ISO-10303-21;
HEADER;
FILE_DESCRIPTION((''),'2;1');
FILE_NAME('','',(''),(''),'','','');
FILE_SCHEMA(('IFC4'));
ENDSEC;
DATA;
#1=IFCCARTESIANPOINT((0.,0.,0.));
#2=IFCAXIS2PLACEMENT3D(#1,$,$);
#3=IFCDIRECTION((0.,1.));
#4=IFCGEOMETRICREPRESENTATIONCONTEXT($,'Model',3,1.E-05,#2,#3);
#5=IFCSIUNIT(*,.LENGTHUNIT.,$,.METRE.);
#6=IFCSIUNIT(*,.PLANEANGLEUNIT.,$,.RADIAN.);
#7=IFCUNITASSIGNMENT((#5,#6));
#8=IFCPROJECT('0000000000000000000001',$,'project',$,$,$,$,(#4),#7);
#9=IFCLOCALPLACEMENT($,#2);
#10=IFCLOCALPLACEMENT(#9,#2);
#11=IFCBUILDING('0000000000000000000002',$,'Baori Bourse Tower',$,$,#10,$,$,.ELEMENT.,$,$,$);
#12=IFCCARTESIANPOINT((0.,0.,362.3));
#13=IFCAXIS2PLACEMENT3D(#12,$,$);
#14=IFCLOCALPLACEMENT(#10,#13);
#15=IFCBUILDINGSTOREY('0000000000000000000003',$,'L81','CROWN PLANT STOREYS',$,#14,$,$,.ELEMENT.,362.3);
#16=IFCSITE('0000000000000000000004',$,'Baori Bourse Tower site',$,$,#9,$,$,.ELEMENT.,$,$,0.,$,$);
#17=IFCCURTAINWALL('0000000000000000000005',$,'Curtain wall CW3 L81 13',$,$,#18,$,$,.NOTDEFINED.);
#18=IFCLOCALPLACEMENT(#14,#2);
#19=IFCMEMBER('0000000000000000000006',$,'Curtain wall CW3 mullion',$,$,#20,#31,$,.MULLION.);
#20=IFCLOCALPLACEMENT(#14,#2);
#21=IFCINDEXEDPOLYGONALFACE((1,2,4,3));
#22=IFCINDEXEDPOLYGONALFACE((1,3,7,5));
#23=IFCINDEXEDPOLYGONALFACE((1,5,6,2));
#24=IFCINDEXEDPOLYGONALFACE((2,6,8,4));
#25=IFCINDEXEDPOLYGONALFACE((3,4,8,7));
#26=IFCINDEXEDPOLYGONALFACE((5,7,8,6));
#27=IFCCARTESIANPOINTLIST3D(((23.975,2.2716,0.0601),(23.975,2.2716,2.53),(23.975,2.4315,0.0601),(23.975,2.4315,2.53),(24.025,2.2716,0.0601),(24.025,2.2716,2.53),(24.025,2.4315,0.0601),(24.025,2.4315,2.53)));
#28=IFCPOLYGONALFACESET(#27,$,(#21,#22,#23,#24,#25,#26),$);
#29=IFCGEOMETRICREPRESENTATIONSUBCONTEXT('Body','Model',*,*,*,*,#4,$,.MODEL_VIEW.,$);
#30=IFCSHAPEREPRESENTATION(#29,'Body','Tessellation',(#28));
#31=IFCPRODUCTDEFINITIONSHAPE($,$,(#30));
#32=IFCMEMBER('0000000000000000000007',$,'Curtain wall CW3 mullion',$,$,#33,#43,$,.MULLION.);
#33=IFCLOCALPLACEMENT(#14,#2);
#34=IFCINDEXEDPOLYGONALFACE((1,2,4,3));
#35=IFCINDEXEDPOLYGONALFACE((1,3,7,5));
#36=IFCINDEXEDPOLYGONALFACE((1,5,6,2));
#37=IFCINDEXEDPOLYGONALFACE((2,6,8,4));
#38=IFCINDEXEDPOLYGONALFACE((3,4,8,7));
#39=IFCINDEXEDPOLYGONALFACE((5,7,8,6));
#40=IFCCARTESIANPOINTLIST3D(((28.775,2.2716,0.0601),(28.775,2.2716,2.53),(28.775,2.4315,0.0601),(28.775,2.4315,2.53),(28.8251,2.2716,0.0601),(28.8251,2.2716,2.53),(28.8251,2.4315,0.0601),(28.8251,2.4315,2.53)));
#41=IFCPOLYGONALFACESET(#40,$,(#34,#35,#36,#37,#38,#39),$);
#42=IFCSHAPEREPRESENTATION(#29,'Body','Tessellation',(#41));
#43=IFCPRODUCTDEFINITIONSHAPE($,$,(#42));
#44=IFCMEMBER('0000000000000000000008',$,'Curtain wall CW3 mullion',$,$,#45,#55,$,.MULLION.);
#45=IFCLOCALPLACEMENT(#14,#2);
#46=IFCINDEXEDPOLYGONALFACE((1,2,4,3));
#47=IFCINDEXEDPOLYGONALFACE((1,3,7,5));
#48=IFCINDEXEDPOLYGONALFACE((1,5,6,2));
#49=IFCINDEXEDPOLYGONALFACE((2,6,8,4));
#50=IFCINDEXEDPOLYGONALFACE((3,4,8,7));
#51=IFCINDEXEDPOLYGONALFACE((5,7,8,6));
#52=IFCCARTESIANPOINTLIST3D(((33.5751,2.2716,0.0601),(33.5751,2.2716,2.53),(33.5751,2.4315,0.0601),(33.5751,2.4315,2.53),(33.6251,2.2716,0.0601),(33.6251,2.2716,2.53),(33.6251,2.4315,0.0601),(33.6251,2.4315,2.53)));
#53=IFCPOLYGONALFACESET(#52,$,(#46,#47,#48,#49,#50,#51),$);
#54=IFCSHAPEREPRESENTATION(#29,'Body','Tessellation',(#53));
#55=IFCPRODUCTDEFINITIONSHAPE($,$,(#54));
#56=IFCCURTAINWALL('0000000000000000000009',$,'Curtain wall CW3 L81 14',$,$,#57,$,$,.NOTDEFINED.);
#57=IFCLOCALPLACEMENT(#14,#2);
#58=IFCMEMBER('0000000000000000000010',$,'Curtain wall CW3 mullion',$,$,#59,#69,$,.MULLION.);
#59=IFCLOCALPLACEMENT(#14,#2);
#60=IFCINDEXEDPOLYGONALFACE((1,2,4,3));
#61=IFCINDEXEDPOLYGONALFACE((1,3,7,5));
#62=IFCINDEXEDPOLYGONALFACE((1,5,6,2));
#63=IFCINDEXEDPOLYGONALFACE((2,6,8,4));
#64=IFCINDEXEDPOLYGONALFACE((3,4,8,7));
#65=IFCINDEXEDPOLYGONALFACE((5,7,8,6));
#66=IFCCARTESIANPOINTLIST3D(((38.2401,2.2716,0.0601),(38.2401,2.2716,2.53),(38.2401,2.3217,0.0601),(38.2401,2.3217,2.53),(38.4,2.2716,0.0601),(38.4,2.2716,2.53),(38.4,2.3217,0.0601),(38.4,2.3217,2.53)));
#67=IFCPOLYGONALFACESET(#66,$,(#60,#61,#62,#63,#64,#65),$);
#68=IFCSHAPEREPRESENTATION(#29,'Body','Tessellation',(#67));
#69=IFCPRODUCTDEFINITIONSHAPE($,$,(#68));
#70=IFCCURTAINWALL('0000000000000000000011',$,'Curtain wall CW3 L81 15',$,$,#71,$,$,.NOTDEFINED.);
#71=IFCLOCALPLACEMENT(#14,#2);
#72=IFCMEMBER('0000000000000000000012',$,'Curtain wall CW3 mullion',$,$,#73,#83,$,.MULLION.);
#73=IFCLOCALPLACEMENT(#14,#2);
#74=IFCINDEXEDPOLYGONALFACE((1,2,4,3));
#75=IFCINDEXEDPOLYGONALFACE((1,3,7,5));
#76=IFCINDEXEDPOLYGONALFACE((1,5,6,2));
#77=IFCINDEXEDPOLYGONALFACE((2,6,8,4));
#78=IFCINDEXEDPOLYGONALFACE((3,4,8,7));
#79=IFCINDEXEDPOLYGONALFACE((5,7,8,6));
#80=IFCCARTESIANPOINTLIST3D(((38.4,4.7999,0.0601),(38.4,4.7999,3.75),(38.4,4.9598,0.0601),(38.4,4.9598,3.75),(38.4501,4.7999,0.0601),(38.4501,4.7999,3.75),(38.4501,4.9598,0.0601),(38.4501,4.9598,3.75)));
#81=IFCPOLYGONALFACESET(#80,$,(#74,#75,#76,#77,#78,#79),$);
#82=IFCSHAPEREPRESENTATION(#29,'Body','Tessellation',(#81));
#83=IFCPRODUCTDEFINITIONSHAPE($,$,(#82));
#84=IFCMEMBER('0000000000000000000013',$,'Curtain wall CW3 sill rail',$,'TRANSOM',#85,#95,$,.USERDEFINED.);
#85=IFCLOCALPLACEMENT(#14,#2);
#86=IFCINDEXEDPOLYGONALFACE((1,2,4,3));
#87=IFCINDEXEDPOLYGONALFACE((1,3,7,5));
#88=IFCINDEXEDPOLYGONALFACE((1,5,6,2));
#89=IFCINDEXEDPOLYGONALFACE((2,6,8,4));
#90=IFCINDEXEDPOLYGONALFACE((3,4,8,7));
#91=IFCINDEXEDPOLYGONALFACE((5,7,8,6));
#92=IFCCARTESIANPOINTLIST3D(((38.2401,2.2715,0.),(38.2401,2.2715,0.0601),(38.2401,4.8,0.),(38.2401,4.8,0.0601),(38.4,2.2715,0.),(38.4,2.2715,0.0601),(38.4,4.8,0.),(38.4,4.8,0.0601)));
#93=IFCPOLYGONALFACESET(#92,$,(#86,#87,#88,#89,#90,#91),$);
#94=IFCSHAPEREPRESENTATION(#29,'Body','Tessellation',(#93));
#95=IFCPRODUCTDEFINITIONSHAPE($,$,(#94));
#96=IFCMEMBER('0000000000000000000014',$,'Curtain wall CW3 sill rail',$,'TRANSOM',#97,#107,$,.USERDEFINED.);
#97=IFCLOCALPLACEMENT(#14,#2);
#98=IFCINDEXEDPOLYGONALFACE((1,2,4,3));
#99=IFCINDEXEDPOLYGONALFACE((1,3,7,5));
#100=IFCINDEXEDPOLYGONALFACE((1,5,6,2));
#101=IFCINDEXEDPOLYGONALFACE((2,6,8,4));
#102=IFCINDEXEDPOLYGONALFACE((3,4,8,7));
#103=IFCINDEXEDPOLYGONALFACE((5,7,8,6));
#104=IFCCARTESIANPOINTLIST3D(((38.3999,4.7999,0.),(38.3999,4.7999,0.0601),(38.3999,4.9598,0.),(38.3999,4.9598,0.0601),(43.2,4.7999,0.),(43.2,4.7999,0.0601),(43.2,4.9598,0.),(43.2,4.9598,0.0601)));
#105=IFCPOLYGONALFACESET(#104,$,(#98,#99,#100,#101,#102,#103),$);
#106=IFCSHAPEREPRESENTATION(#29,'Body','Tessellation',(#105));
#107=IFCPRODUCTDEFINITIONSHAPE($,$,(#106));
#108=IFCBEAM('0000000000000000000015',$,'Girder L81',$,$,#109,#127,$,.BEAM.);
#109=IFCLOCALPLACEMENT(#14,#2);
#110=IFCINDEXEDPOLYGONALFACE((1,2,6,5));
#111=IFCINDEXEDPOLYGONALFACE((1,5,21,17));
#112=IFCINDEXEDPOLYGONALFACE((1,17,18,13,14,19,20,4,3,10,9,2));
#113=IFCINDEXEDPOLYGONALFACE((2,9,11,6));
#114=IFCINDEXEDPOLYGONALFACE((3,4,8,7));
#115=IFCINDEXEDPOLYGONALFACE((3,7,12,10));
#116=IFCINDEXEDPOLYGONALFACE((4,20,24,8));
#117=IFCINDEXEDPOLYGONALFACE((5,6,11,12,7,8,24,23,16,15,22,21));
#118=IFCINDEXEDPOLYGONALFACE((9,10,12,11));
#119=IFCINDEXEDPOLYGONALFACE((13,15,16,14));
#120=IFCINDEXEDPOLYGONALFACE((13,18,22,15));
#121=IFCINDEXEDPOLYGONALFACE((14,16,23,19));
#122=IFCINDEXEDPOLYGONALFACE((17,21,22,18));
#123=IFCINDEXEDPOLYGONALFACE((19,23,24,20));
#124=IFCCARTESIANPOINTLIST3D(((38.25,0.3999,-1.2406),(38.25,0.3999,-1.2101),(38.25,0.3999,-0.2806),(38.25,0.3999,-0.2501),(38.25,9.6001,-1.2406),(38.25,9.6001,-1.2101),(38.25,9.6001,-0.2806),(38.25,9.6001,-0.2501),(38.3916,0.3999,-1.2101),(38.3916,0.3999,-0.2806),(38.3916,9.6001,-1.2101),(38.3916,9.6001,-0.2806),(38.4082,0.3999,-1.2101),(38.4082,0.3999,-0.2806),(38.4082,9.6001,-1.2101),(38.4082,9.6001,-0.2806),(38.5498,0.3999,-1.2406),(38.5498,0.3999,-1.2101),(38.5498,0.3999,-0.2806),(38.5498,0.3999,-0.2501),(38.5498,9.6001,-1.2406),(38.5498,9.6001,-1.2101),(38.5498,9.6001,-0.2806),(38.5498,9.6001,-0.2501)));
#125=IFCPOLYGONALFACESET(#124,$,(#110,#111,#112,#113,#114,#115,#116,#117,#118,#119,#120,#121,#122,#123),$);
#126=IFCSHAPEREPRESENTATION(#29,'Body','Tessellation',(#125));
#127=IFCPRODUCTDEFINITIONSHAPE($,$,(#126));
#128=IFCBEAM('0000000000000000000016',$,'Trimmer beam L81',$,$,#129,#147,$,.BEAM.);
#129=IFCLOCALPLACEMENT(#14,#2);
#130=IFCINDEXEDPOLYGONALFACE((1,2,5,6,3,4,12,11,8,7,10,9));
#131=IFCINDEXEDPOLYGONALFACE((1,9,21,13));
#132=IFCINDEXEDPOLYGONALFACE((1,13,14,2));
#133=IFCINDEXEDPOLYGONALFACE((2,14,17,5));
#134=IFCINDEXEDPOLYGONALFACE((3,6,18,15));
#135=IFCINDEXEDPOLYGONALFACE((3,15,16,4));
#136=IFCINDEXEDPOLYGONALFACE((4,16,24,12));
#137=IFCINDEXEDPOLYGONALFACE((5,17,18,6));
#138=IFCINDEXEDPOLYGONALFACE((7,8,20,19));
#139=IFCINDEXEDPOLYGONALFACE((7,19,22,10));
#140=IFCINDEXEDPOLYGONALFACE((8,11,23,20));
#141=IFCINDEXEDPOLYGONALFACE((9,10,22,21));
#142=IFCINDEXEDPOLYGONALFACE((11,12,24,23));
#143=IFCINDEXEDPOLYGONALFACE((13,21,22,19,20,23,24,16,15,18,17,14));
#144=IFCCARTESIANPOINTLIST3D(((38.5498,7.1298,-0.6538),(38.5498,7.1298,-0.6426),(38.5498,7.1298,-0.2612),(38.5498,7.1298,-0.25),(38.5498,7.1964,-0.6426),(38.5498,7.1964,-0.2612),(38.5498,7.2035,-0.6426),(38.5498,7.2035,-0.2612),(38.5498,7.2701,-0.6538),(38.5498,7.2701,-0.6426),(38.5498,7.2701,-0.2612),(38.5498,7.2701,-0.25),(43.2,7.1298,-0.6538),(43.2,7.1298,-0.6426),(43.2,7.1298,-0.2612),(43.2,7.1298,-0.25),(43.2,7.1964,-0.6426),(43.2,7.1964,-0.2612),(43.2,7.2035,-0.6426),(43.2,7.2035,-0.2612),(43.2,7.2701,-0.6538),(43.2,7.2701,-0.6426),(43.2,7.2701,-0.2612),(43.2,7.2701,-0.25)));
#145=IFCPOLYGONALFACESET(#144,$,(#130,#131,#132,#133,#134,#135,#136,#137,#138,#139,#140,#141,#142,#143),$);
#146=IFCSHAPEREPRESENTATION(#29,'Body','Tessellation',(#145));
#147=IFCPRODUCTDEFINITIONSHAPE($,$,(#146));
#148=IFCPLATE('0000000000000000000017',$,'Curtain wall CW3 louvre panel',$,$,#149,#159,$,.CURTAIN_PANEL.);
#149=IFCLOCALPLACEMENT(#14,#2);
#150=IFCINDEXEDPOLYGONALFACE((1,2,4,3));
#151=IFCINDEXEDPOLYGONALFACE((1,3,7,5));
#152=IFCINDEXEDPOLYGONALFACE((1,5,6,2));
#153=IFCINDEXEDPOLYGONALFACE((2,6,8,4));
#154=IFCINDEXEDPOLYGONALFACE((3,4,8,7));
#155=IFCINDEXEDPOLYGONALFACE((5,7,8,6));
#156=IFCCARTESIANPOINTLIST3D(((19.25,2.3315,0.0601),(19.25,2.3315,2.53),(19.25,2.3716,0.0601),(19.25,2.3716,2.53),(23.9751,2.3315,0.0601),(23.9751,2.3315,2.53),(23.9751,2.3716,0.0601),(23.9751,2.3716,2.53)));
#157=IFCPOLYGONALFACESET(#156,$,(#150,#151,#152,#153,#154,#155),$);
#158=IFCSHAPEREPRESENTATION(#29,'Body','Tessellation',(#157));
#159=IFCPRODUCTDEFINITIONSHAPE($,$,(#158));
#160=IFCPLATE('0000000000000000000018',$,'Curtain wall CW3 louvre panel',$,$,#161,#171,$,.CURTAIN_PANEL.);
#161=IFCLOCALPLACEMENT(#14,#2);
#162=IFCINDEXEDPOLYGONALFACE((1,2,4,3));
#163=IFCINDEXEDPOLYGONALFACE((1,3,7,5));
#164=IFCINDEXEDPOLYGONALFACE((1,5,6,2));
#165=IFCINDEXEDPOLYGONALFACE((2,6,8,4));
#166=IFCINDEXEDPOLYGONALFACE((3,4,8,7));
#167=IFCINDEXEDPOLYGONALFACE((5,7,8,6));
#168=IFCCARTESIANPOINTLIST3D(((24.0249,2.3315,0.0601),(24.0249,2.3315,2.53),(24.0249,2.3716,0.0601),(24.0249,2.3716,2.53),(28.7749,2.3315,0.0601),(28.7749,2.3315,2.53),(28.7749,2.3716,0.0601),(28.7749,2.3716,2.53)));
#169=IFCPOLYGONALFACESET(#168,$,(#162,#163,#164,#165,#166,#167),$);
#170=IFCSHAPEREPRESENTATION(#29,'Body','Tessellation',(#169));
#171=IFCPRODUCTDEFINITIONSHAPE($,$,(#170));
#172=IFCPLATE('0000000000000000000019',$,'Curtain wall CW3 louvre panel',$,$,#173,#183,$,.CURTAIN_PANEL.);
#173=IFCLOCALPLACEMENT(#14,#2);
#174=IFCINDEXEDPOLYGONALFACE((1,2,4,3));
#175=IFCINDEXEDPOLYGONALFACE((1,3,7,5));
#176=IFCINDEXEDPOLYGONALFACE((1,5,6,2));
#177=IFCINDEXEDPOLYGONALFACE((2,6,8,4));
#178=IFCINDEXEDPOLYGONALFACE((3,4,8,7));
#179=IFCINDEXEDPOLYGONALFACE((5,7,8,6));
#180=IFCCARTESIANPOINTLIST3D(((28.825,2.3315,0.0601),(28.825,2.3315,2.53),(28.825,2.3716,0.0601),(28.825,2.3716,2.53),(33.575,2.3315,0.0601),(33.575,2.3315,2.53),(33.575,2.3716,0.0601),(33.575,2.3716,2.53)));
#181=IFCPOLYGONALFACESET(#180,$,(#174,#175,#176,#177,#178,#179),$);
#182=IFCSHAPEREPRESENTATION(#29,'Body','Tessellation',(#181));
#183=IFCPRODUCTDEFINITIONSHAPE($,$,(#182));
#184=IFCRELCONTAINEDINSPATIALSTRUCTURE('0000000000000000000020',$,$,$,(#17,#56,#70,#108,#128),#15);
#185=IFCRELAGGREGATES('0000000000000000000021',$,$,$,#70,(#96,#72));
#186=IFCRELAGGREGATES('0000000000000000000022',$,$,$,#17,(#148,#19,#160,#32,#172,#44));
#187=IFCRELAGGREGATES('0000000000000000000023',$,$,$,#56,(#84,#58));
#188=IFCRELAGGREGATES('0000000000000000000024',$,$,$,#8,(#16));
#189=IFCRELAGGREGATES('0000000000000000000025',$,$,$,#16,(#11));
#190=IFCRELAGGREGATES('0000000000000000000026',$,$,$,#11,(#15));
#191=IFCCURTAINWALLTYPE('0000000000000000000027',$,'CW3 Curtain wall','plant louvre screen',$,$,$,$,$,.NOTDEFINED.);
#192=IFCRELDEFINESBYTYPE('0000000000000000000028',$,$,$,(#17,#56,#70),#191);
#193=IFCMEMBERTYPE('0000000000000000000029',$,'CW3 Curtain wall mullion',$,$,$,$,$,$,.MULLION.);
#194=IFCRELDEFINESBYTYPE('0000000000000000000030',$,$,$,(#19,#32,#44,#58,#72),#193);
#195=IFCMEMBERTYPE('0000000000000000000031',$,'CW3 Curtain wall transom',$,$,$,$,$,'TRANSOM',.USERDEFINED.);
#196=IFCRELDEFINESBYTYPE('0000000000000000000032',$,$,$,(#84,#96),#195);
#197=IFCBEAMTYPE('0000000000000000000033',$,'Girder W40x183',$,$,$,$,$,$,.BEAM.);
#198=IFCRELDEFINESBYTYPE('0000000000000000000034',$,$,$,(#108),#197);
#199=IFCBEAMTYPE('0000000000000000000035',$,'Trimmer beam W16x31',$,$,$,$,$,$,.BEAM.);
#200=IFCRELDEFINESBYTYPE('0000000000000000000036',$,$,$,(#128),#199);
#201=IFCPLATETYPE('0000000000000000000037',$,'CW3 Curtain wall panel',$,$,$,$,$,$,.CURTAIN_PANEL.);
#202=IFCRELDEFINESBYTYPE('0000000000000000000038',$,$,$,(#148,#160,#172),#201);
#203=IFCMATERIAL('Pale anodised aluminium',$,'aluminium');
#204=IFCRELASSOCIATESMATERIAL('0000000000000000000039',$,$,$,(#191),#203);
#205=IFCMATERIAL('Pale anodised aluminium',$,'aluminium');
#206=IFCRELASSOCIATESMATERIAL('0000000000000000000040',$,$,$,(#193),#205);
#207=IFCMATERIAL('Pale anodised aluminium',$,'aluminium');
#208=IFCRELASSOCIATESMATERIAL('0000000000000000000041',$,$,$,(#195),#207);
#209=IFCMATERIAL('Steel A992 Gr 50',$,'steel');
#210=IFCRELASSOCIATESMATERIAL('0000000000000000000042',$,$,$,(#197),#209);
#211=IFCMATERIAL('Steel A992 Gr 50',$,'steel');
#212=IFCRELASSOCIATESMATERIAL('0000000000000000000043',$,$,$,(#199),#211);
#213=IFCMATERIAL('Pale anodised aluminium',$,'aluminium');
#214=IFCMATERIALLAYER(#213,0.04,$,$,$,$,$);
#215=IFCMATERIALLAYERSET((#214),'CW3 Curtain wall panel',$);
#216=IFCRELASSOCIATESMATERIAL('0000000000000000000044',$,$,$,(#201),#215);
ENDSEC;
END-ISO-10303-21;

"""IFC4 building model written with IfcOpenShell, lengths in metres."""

from ifc_helpers import new_model, si_unit, direction, frame, origin, origin_2d, place, context, subcontext, project, spatial, rectangle, i_section, extrude, material, layer, layer_set, material_profile, profile_set, type_object, element, aggregate, save


model = new_model("IFC4")

# Units and contexts
model_context = context("Model", 3, precision=1e-05, world=origin(), true_north=direction((0.0, 1.0)))
body_context = subcontext(model_context, "Body", "Model", "MODEL_VIEW")
ifc_project = project(units=[si_unit("LENGTHUNIT", "METRE"), si_unit("PLANEANGLEUNIT", "RADIAN")], contexts=[model_context])

# Site, building, storey
site_placement = place(None, origin())
site = spatial("IfcSite", under=ifc_project, at=site_placement, Name="Baori Bourse Tower site", CompositionType="ELEMENT", RefElevation=0.0)
building_placement = place(site_placement, origin())
building = spatial("IfcBuilding", under=site, at=building_placement, Name="Baori Bourse Tower", CompositionType="ELEMENT")
storey_placement = place(building_placement, frame((0.0, 0.0, 362.3)))
storey = spatial("IfcBuildingStorey", under=building, at=storey_placement, Name="L81", Description="CROWN PLANT STOREYS", CompositionType="ELEMENT", Elevation=362.3)

# Curtain wall, members
ifc_material_1 = material(Name="Pale anodised aluminium", Category="aluminium")
curtain_wall_type = type_object("IfcCurtainWallType", Name="CW3 Curtain wall", Description="plant louvre screen", PredefinedType="NOTDEFINED", material=ifc_material_1)
curtain_wall_1_placement = place(storey_placement, origin())
curtain_wall_1 = element("IfcCurtainWall", 1, at=curtain_wall_1_placement, inside=storey, type_object=curtain_wall_type, Name="Curtain wall CW3 L81 13", PredefinedType="NOTDEFINED")
ifc_material_2 = material(Name="Pale anodised aluminium", Category="aluminium")
ifc_material_profile_1 = material_profile(ifc_material_2, rectangle(XDim=0.1599, YDim=0.05, at=origin_2d()), Name="Mullion 50x160")
ifc_profile_set_1 = profile_set([ifc_material_profile_1], Name="Pale anodised aluminium")
member_type_1 = type_object("IfcMemberType", Name="CW3 Curtain wall mullion", PredefinedType="MULLION", material=ifc_profile_set_1)
member_1_placement = place(storey_placement, frame((24.0, 2.3516, 0.0601), z_axis=(0.0, 0.0, 1.0), x_axis=(0.0, 1.0, 0.0)))
member_1 = element("IfcMember", 2, at=member_1_placement, type_object=member_type_1, Name="Curtain wall CW3 mullion", PredefinedType="MULLION", context=body_context, shape_type="SweptSolid", body=[
    extrude(rectangle(XDim=0.1599, YDim=0.05, at=origin_2d()), origin(), (0.0, 0.0, 1.0), 2.47),
])
member_2_placement = place(storey_placement, frame((28.8, 2.3516, 0.0601), z_axis=(0.0, 0.0, 1.0), x_axis=(0.0, 1.0, 0.0)))
member_2 = element("IfcMember", 3, at=member_2_placement, type_object=member_type_1, Name="Curtain wall CW3 mullion", PredefinedType="MULLION", context=body_context, shape_type="SweptSolid", body=[
    extrude(rectangle(XDim=0.1599, YDim=0.05, at=origin_2d()), origin(), (0.0, 0.0, 1.0), 2.47),
])
member_3_placement = place(storey_placement, frame((33.6001, 2.3516, 0.0601), z_axis=(0.0, 0.0, 1.0), x_axis=(0.0, 1.0, 0.0)))
member_3 = element("IfcMember", 4, at=member_3_placement, type_object=member_type_1, Name="Curtain wall CW3 mullion", PredefinedType="MULLION", context=body_context, shape_type="SweptSolid", body=[
    extrude(rectangle(XDim=0.1599, YDim=0.05, at=origin_2d()), origin(), (0.0, 0.0, 1.0), 2.47),
])

# Curtain walls, members
curtain_wall_2_placement = place(storey_placement, origin())
curtain_wall_2 = element("IfcCurtainWall", 5, at=curtain_wall_2_placement, inside=storey, type_object=curtain_wall_type, Name="Curtain wall CW3 L81 14", PredefinedType="NOTDEFINED")
member_4_placement = place(storey_placement, frame((38.3201, 2.2966, 0.0601), z_axis=(0.0, 0.0, 1.0), x_axis=(-1.0, 0.0, 0.0)))
member_4 = element("IfcMember", 6, at=member_4_placement, type_object=member_type_1, Name="Curtain wall CW3 mullion", PredefinedType="MULLION", context=body_context, shape_type="SweptSolid", body=[
    extrude(rectangle(XDim=0.1599, YDim=0.05, at=origin_2d()), origin(), (0.0, 0.0, 1.0), 2.47),
])
curtain_wall_3_placement = place(storey_placement, origin())
curtain_wall_3 = element("IfcCurtainWall", 7, at=curtain_wall_3_placement, inside=storey, type_object=curtain_wall_type, Name="Curtain wall CW3 L81 15", PredefinedType="NOTDEFINED")
member_5_placement = place(storey_placement, frame((38.425, 4.8799, 0.0601), z_axis=(0.0, 0.0, 1.0), x_axis=(0.0, 1.0, 0.0)))
member_5 = element("IfcMember", 8, at=member_5_placement, type_object=member_type_1, Name="Curtain wall CW3 mullion", PredefinedType="MULLION", context=body_context, shape_type="SweptSolid", body=[
    extrude(rectangle(XDim=0.1599, YDim=0.05, at=origin_2d()), origin(), (0.0, 0.0, 1.0), 3.6899),
])

# Members
ifc_material_3 = material(Name="Pale anodised aluminium", Category="aluminium")
ifc_material_profile_2 = material_profile(ifc_material_3, rectangle(XDim=0.1599, YDim=0.0601, at=origin_2d()), Name="Transom 60x160")
ifc_profile_set_2 = profile_set([ifc_material_profile_2], Name="Pale anodised aluminium")
member_type_2 = type_object("IfcMemberType", Name="CW3 Curtain wall transom", ElementType="TRANSOM", PredefinedType="USERDEFINED", material=ifc_profile_set_2)
member_6_placement = place(storey_placement, frame((38.3201, 2.2715, 0.03), z_axis=(0.0, 1.0, 0.0), x_axis=(-1.0, 0.0, 0.0)))
member_6 = element("IfcMember", 9, at=member_6_placement, type_object=member_type_2, Name="Curtain wall CW3 sill rail", ObjectType="TRANSOM", PredefinedType="USERDEFINED", context=body_context, shape_type="SweptSolid", body=[
    extrude(rectangle(XDim=0.1599, YDim=0.0601, at=origin_2d()), origin(), (0.0, 0.0, 1.0), 2.5286),
])
member_7_placement = place(storey_placement, frame((38.3999, 4.8799, 0.03), z_axis=(1.0, 0.0, 0.0), x_axis=(0.0, 1.0, 0.0)))
member_7 = element("IfcMember", 10, at=member_7_placement, type_object=member_type_2, Name="Curtain wall CW3 sill rail", ObjectType="TRANSOM", PredefinedType="USERDEFINED", context=body_context, shape_type="SweptSolid", body=[
    extrude(rectangle(XDim=0.1599, YDim=0.0601, at=origin_2d()), origin(), (0.0, 0.0, 1.0), 4.8),
])
aggregate(curtain_wall_3, [member_7, member_5])

# Beams
ifc_material_4 = material(Name="Steel A992 Gr 50", Category="steel")
ifc_material_profile_3 = material_profile(ifc_material_4, i_section(OverallWidth=0.2998, OverallDepth=0.9905, WebThickness=0.0166, FlangeThickness=0.0305, at=origin_2d()), Name="W40x183")
ifc_profile_set_3 = profile_set([ifc_material_profile_3], Name="Steel A992 Gr 50")
beam_type_1 = type_object("IfcBeamType", Name="Girder W40x183", PredefinedType="BEAM", material=ifc_profile_set_3)
beam_1_placement = place(storey_placement, frame((38.3999, 0.3999, -0.7454), z_axis=(0.0, 1.0, 0.0), x_axis=(-1.0, 0.0, 0.0)))
element("IfcBeam", 11, at=beam_1_placement, inside=storey, type_object=beam_type_1, Name="Girder L81", PredefinedType="BEAM", context=body_context, shape_type="SweptSolid", body=[
    extrude(i_section(OverallWidth=0.2998, OverallDepth=0.9905, WebThickness=0.0166, FlangeThickness=0.0305, at=origin_2d()), origin(), (0.0, 0.0, 1.0), 9.2002),
])
ifc_material_5 = material(Name="Steel A992 Gr 50", Category="steel")
ifc_material_profile_4 = material_profile(ifc_material_5, i_section(OverallWidth=0.1404, OverallDepth=0.4038, WebThickness=0.0071, FlangeThickness=0.0112, at=origin_2d()), Name="W16x31")
ifc_profile_set_4 = profile_set([ifc_material_profile_4], Name="Steel A992 Gr 50")
beam_type_2 = type_object("IfcBeamType", Name="Trimmer beam W16x31", PredefinedType="BEAM", material=ifc_profile_set_4)
beam_2_placement = place(storey_placement, frame((38.5498, 7.2, -0.4519), z_axis=(1.0, 0.0, 0.0), x_axis=(0.0, 1.0, 0.0)))
element("IfcBeam", 12, at=beam_2_placement, inside=storey, type_object=beam_type_2, Name="Trimmer beam L81", PredefinedType="BEAM", context=body_context, shape_type="SweptSolid", body=[
    extrude(i_section(OverallWidth=0.1404, OverallDepth=0.4038, WebThickness=0.0071, FlangeThickness=0.0112, at=origin_2d()), origin(), (0.0, 0.0, 1.0), 4.6501),
])

# Plates
ifc_material_6 = material(Name="Pale anodised aluminium", Category="aluminium")
ifc_layer_1 = layer(ifc_material_6, 0.04)
ifc_layer_set_1 = layer_set([ifc_layer_1], Name="CW3 Curtain wall panel")
plate_type = type_object("IfcPlateType", Name="CW3 Curtain wall panel", PredefinedType="CURTAIN_PANEL", material=ifc_layer_set_1)
plate_1_placement = place(storey_placement, frame((21.6125, 2.3516, 0.0601), z_axis=(0.0, 0.0, 1.0), x_axis=(1.0, 0.0, 0.0)))
plate_1 = element("IfcPlate", 13, at=plate_1_placement, type_object=plate_type, Name="Curtain wall CW3 louvre panel", PredefinedType="CURTAIN_PANEL", context=body_context, shape_type="SweptSolid", body=[
    extrude(rectangle(XDim=4.7251, YDim=0.04, at=origin_2d()), origin(), (0.0, 0.0, 1.0), 2.47),
])
plate_2_placement = place(storey_placement, frame((26.3999, 2.3516, 0.0601), z_axis=(0.0, 0.0, 1.0), x_axis=(1.0, 0.0, 0.0)))
plate_2 = element("IfcPlate", 14, at=plate_2_placement, type_object=plate_type, Name="Curtain wall CW3 louvre panel", PredefinedType="CURTAIN_PANEL", context=body_context, shape_type="SweptSolid", body=[
    extrude(rectangle(XDim=4.75, YDim=0.04, at=origin_2d()), origin(), (0.0, 0.0, 1.0), 2.47),
])
plate_3_placement = place(storey_placement, frame((31.2, 2.3516, 0.0601), z_axis=(0.0, 0.0, 1.0), x_axis=(1.0, 0.0, 0.0)))
plate_3 = element("IfcPlate", 15, at=plate_3_placement, type_object=plate_type, Name="Curtain wall CW3 louvre panel", PredefinedType="CURTAIN_PANEL", context=body_context, shape_type="SweptSolid", body=[
    extrude(rectangle(XDim=4.75, YDim=0.04, at=origin_2d()), origin(), (0.0, 0.0, 1.0), 2.47),
])
aggregate(curtain_wall_1, [plate_1, member_1, plate_2, member_2, plate_3, member_3])
aggregate(curtain_wall_2, [member_6, member_4])

save(model, "model.ifc")
